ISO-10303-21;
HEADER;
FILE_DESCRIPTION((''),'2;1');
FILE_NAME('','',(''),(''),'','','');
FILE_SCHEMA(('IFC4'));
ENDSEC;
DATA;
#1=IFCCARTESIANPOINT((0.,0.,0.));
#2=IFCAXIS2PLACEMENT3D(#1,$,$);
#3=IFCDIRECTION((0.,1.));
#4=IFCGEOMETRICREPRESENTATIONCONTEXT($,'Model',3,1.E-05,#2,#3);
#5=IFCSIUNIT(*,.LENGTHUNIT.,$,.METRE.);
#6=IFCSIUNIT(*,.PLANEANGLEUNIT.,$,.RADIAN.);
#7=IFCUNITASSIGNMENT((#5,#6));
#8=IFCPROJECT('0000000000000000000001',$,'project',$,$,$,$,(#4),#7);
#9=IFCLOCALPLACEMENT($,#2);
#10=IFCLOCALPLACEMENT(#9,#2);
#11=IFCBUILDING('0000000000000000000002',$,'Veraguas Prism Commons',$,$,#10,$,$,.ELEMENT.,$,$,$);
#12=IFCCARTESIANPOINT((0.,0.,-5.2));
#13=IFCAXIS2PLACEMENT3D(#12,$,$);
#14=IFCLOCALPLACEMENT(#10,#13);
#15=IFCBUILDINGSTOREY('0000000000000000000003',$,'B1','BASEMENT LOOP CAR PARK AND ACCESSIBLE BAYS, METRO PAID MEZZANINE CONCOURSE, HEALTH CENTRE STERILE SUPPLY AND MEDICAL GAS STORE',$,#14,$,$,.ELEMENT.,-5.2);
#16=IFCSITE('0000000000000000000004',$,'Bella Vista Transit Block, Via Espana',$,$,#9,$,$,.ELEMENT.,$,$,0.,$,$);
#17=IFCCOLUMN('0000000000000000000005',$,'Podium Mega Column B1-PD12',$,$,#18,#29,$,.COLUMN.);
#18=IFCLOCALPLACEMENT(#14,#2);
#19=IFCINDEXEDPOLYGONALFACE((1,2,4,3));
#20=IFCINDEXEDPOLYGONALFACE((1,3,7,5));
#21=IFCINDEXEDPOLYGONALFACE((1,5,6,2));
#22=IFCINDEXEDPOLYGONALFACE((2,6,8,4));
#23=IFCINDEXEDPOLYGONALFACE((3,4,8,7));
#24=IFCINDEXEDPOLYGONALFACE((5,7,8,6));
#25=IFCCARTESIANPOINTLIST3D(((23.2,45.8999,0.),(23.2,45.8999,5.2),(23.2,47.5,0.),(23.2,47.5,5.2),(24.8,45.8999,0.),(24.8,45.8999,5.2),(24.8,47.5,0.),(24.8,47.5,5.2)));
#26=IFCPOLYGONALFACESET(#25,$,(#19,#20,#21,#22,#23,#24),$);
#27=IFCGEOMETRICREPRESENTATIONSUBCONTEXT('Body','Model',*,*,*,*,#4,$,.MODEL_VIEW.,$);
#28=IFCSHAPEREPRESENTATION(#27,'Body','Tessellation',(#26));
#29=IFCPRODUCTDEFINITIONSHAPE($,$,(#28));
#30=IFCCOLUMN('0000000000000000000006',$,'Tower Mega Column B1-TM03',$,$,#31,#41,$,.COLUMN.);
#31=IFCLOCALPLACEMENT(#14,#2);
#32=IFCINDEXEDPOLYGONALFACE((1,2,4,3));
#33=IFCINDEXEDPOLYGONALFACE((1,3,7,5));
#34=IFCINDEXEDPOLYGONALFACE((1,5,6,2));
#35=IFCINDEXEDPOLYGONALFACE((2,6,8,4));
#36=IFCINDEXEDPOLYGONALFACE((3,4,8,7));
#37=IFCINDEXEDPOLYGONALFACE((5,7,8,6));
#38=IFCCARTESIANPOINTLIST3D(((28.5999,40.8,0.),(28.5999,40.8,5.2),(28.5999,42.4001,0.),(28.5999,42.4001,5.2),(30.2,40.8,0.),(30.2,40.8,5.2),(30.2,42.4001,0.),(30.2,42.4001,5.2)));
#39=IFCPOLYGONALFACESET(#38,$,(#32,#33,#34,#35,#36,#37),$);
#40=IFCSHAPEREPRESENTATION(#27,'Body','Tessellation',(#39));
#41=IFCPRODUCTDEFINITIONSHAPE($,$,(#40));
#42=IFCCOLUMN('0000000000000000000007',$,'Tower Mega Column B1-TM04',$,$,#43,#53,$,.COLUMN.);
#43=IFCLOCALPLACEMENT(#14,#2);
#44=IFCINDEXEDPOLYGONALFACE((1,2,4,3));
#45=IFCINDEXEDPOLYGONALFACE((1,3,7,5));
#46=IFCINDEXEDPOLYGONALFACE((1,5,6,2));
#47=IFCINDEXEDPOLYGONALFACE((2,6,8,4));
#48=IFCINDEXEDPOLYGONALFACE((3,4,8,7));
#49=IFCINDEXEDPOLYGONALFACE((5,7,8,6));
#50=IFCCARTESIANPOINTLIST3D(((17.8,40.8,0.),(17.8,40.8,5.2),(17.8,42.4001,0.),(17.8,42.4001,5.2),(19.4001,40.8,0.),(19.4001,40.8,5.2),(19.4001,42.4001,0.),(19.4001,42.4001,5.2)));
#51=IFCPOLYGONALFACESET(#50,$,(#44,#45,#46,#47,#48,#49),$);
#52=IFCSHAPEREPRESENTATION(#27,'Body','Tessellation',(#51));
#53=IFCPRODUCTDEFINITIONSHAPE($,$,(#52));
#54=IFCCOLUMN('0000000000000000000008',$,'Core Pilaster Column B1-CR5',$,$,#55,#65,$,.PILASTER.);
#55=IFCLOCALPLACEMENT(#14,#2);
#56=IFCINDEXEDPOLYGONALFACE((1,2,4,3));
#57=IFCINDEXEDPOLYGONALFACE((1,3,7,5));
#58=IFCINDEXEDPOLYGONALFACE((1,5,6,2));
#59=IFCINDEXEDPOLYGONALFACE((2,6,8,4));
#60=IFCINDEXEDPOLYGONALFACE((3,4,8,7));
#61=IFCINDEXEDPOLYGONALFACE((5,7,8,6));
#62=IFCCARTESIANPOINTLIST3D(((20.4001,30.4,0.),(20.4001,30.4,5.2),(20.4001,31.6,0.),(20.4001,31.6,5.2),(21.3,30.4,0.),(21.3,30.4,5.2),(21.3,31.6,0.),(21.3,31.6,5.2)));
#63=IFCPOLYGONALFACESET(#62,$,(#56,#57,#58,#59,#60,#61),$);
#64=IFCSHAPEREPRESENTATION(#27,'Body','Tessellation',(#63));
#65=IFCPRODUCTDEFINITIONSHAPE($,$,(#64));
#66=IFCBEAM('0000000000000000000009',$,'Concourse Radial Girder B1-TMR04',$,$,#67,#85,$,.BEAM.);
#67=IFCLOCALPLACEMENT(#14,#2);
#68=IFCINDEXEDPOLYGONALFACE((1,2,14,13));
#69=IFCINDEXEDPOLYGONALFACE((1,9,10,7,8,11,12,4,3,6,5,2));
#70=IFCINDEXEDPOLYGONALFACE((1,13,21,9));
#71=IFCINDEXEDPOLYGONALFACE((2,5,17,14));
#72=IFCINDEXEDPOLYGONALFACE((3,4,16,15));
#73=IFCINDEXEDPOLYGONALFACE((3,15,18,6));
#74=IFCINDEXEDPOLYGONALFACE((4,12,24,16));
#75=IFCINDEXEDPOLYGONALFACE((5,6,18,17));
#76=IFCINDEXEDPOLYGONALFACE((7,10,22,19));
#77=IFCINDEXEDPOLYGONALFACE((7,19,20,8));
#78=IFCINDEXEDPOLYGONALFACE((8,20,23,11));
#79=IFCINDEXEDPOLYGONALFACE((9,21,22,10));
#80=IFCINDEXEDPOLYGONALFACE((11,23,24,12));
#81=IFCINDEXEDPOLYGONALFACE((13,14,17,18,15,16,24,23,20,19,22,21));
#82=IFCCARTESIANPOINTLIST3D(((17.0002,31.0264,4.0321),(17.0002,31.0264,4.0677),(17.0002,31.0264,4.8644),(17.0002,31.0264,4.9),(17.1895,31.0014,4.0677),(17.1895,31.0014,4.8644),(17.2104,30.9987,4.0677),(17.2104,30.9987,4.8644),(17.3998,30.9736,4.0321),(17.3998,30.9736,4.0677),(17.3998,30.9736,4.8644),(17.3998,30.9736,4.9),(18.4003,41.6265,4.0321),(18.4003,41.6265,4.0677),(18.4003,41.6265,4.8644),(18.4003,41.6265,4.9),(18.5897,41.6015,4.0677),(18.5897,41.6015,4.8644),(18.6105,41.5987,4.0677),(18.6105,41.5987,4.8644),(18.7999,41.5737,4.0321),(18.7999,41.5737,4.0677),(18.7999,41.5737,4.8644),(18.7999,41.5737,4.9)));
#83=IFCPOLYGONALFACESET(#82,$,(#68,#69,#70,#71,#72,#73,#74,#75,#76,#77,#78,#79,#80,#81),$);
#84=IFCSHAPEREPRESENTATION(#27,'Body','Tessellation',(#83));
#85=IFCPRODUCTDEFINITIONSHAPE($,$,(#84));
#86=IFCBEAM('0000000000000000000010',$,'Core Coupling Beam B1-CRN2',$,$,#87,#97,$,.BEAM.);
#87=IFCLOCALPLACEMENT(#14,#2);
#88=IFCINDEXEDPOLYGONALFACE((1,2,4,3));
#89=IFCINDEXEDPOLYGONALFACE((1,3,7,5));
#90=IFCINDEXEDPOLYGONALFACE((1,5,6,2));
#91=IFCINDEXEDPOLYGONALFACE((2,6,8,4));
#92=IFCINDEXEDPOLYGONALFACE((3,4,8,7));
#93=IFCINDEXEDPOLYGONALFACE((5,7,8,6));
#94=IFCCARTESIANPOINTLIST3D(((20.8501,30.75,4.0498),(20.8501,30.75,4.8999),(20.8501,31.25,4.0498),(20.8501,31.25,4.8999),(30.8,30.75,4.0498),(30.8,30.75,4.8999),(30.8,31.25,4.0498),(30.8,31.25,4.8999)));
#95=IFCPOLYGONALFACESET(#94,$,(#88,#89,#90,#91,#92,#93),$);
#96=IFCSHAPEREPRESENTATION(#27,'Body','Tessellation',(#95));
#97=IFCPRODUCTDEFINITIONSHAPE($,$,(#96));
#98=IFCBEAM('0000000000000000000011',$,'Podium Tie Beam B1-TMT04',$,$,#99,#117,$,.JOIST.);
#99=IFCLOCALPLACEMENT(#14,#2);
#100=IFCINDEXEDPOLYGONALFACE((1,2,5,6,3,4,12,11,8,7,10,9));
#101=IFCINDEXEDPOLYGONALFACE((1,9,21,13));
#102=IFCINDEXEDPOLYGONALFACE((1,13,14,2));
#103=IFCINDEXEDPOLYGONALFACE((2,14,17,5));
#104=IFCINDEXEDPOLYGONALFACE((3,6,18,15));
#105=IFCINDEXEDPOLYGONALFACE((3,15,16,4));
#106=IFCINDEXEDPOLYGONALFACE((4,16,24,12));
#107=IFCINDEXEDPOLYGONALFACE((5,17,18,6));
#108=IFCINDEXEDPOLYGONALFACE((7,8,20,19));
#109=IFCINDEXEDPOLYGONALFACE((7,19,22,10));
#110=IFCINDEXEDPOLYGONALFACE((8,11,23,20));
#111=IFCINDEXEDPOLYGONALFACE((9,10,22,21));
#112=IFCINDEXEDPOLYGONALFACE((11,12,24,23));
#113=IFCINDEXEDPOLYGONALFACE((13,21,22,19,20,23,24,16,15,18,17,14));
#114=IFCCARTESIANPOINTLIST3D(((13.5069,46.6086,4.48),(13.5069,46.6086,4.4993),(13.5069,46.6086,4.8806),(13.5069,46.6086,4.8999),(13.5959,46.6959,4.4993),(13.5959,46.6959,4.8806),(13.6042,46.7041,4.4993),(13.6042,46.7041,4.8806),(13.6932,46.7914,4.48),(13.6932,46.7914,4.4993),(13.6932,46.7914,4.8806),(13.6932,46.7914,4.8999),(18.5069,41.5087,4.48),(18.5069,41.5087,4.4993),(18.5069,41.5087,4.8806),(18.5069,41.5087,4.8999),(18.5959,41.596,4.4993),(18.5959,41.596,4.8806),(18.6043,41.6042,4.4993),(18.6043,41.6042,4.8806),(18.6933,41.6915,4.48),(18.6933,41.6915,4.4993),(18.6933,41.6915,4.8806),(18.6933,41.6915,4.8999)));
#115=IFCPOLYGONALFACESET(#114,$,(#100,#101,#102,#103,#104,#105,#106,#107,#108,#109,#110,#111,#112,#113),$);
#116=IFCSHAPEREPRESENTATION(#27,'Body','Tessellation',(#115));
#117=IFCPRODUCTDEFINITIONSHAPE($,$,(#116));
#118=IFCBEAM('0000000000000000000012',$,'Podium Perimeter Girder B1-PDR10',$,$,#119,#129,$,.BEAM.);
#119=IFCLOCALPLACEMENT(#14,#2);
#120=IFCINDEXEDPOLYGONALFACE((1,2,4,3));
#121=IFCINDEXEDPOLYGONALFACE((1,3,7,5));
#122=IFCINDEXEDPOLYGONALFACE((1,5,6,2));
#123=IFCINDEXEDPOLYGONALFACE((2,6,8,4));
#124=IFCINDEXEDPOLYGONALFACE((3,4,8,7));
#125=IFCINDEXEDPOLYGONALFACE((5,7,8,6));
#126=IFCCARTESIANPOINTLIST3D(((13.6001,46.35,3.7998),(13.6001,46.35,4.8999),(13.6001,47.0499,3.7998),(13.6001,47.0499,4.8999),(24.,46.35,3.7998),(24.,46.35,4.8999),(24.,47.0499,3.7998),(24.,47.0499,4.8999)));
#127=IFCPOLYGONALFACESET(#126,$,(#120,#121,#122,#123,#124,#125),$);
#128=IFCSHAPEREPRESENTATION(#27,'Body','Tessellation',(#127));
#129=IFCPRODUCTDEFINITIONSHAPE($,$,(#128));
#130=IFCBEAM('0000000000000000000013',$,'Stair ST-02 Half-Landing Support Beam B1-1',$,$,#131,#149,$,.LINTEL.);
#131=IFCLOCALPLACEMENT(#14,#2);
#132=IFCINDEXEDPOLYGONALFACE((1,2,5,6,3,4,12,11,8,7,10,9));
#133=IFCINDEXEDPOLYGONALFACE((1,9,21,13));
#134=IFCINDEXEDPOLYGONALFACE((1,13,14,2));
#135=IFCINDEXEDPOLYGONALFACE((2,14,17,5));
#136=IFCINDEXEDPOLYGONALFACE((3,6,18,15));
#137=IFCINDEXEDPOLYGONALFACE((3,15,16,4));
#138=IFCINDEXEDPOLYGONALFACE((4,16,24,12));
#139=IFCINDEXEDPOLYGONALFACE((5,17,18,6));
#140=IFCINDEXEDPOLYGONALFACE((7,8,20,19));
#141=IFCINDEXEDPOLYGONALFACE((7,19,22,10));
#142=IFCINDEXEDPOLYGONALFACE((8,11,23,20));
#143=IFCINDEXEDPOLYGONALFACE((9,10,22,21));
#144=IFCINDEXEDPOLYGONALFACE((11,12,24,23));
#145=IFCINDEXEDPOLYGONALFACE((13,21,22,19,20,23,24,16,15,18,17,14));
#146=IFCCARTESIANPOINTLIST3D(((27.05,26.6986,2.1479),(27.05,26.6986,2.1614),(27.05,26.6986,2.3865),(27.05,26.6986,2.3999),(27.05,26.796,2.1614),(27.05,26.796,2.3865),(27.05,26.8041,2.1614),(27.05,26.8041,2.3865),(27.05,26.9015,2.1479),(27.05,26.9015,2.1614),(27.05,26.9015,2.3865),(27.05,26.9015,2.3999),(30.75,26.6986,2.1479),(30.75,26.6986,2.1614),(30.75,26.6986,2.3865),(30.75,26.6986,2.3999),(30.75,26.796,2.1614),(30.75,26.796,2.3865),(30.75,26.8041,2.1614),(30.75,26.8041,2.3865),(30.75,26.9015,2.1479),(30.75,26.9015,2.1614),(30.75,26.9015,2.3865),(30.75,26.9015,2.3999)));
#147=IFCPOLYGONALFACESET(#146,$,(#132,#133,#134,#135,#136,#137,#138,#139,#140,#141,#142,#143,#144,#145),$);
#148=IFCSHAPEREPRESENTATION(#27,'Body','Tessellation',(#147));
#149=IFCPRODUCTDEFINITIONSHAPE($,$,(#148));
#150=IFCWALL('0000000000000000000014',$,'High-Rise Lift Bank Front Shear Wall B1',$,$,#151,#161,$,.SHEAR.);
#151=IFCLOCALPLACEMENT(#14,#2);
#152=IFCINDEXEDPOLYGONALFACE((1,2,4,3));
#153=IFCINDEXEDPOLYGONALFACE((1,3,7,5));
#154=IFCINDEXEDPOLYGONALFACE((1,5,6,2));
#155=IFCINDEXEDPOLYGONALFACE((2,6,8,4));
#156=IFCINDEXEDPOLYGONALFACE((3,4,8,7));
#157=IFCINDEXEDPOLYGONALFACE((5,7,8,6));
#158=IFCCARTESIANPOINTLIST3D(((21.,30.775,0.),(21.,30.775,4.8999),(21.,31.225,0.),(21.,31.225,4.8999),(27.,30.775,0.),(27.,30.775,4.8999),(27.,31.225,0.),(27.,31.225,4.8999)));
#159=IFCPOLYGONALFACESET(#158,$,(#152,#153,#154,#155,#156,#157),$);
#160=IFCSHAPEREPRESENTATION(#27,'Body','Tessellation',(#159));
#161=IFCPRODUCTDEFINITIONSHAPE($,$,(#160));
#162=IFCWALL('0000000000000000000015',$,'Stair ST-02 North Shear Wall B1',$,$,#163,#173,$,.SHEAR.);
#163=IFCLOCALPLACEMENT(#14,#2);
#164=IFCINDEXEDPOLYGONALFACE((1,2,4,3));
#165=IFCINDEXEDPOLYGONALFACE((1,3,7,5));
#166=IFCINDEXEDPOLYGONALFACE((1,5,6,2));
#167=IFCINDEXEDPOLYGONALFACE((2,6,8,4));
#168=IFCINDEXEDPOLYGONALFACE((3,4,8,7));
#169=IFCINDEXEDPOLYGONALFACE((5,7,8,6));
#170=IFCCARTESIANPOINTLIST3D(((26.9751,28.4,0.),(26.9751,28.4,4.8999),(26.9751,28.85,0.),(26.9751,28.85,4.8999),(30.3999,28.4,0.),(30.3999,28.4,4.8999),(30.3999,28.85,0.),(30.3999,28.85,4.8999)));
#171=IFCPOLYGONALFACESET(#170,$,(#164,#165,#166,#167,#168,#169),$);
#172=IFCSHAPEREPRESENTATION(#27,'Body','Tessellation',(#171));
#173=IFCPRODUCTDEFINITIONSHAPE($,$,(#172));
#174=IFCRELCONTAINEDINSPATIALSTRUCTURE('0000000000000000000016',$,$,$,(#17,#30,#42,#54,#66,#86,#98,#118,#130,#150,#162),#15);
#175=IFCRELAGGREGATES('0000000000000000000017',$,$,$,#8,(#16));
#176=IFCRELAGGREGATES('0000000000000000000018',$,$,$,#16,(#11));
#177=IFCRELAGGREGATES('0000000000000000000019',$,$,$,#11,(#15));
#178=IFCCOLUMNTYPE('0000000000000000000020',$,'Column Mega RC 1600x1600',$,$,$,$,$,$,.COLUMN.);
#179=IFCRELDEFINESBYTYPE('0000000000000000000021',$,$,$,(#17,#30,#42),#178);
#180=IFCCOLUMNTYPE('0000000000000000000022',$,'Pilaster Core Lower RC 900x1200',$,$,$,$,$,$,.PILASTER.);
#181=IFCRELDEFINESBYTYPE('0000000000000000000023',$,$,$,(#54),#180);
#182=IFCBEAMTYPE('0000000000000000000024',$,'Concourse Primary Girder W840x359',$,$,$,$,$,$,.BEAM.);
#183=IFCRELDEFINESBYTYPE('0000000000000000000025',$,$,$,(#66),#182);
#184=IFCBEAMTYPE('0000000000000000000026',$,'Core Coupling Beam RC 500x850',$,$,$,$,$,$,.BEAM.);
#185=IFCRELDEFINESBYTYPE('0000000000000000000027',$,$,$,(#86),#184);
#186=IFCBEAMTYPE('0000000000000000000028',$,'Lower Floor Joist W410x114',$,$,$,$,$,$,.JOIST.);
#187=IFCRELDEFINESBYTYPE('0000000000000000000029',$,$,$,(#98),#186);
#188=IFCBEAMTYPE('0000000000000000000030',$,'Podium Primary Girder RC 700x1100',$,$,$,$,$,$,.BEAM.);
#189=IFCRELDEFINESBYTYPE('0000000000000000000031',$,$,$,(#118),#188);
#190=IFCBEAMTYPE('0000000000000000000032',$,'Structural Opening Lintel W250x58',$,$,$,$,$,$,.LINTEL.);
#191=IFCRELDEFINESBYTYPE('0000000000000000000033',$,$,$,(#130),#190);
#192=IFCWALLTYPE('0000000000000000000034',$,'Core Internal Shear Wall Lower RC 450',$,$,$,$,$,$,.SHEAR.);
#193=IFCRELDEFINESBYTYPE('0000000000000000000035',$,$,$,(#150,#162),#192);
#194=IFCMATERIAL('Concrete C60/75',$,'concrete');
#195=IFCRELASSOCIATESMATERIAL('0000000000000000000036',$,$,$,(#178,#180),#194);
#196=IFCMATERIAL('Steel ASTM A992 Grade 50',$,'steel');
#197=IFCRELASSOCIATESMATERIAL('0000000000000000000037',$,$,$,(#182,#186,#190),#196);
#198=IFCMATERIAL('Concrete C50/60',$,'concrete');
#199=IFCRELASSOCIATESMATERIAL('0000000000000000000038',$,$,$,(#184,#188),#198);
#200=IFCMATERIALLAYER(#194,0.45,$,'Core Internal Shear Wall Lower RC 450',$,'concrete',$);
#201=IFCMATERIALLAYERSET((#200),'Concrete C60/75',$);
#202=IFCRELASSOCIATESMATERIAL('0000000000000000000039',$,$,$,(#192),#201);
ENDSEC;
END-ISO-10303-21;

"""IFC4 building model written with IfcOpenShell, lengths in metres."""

from ifc_helpers import new_model, si_unit, direction, frame, frame_2d, origin, origin_2d, place, context, subcontext, project, spatial, rectangle, i_section, extrude, material, layer, layer_set, material_profile, profile_set, type_object, element, save


model = new_model("IFC4")

# Units and contexts
model_context = context("Model", 3, precision=1e-05, world=origin(), true_north=direction((0.0, 1.0)))
body_context = subcontext(model_context, "Body", "Model", "MODEL_VIEW")
ifc_project = project(units=[si_unit("LENGTHUNIT", "METRE"), si_unit("PLANEANGLEUNIT", "RADIAN")], contexts=[model_context])

# Site, building, storey
site_placement = place(None, origin())
site = spatial("IfcSite", under=ifc_project, at=site_placement, Name="Bella Vista Transit Block, Via Espana", CompositionType="ELEMENT", RefElevation=0.0)
building_placement = place(site_placement, origin())
building = spatial("IfcBuilding", under=site, at=building_placement, Name="Veraguas Prism Commons", CompositionType="ELEMENT")
storey_placement = place(building_placement, frame((0.0, 0.0, -5.2)))
storey = spatial("IfcBuildingStorey", under=building, at=storey_placement, Name="B1", Description="BASEMENT LOOP CAR PARK AND ACCESSIBLE BAYS, METRO PAID MEZZANINE CONCOURSE, HEALTH CENTRE STERILE SUPPLY AND MEDICAL GAS STORE", CompositionType="ELEMENT", Elevation=-5.2)

# Columns
ifc_material_1 = material(Name="Concrete C60/75", Category="concrete")
ifc_material_profile_1 = material_profile(ifc_material_1, rectangle(XDim=1.6001, YDim=1.6001, at=origin_2d()), Name="RC1600X1600")
ifc_profile_set_1 = profile_set([ifc_material_profile_1], Name="Concrete C60/75")
column_type_1 = type_object("IfcColumnType", Name="Column Mega RC 1600x1600", PredefinedType="COLUMN", material=ifc_profile_set_1)
for number, where, z_axis, x_axis, name in (
    (1, (24.0, 46.7, 0.0), (0.0, 0.0, 1.0), (1.0, 0.0, 0.0), "Podium Mega Column B1-PD12"),
    (2, (29.3999, 41.6001, 0.0), (0.0, 0.0, 1.0), (1.0, 0.0, 0.0), "Tower Mega Column B1-TM03"),
    (3, (18.6001, 41.6001, 0.0), (0.0, 0.0, 1.0), (1.0, 0.0, 0.0), "Tower Mega Column B1-TM04"),
):
    element("IfcColumn", number, at=place(storey_placement, frame(where, z_axis=z_axis, x_axis=x_axis)), inside=storey, type_object=column_type_1, Name=name, PredefinedType="COLUMN", context=body_context, shape_type="SweptSolid", body=[
        extrude(rectangle(XDim=1.6001, YDim=1.6001, at=origin_2d()), origin(), (0.0, 0.0, 1.0), 5.2),
    ])
ifc_material_profile_2 = material_profile(ifc_material_1, rectangle(XDim=0.8999, YDim=1.2, at=origin_2d()), Name="RC900X1200")
ifc_profile_set_2 = profile_set([ifc_material_profile_2], Name="Concrete C60/75")
column_type_2 = type_object("IfcColumnType", Name="Pilaster Core Lower RC 900x1200", PredefinedType="PILASTER", material=ifc_profile_set_2)
column_placement = place(storey_placement, frame((20.8501, 31.0, 0.0), z_axis=(0.0, 0.0, 1.0), x_axis=(1.0, 0.0, 0.0)))
element("IfcColumn", 4, at=column_placement, inside=storey, type_object=column_type_2, Name="Core Pilaster Column B1-CR5", PredefinedType="PILASTER", context=body_context, shape_type="SweptSolid", body=[
    extrude(rectangle(XDim=0.8999, YDim=1.2, at=origin_2d()), origin(), (0.0, 0.0, 1.0), 5.2),
])

# Beams
ifc_material_2 = material(Name="Steel ASTM A992 Grade 50", Category="steel")
ifc_material_profile_3 = material_profile(ifc_material_2, i_section(OverallWidth=0.4031, OverallDepth=0.8679, WebThickness=0.021, FlangeThickness=0.0356, at=origin_2d()), Name="W840X359")
ifc_profile_set_3 = profile_set([ifc_material_profile_3], Name="Steel ASTM A992 Grade 50")
beam_type_1 = type_object("IfcBeamType", Name="Concourse Primary Girder W840x359", PredefinedType="BEAM", material=ifc_profile_set_3)
beam_1_placement = place(storey_placement, frame((18.6001, 41.6001, 4.4661), z_axis=(-0.130951, -0.991389, 0.0), x_axis=(0.991389, -0.130951, 0.0)))
element("IfcBeam", 5, at=beam_1_placement, inside=storey, type_object=beam_type_1, Name="Concourse Radial Girder B1-TMR04", PredefinedType="BEAM", context=body_context, shape_type="SweptSolid", body=[
    extrude(i_section(OverallWidth=0.4031, OverallDepth=0.8679, WebThickness=0.021, FlangeThickness=0.0356, at=origin_2d()), origin(), (0.0, 0.0, 1.0), 10.6921),
])
ifc_material_3 = material(Name="Concrete C50/60", Category="concrete")
ifc_material_profile_4 = material_profile(ifc_material_3, rectangle(XDim=0.5, YDim=0.8501, at=origin_2d()), Name="RC500X850")
ifc_profile_set_4 = profile_set([ifc_material_profile_4], Name="Concrete C50/60")
beam_type_2 = type_object("IfcBeamType", Name="Core Coupling Beam RC 500x850", PredefinedType="BEAM", material=ifc_profile_set_4)
beam_2_placement = place(storey_placement, frame((20.8501, 31.0, 4.4749), z_axis=(1.0, 0.0, 0.0), x_axis=(0.0, 1.0, 0.0)))
element("IfcBeam", 6, at=beam_2_placement, inside=storey, type_object=beam_type_2, Name="Core Coupling Beam B1-CRN2", PredefinedType="BEAM", context=body_context, shape_type="SweptSolid", body=[
    extrude(rectangle(XDim=0.5, YDim=0.8501, at=origin_2d()), origin(), (0.0, 0.0, 1.0), 9.95),
])
ifc_material_profile_5 = material_profile(ifc_material_2, i_section(OverallWidth=0.261, OverallDepth=0.4199, WebThickness=0.0117, FlangeThickness=0.0193, at=origin_2d()), Name="W410X114")
ifc_profile_set_5 = profile_set([ifc_material_profile_5], Name="Steel ASTM A992 Grade 50")
beam_type_3 = type_object("IfcBeamType", Name="Lower Floor Joist W410x114", PredefinedType="JOIST", material=ifc_profile_set_5)
beam_3_placement = place(storey_placement, frame((18.6001, 41.6001, 4.6899), z_axis=(-0.700082, 0.714063, 0.0), x_axis=(-0.714063, -0.700082, 0.0)))
element("IfcBeam", 7, at=beam_3_placement, inside=storey, type_object=beam_type_3, Name="Podium Tie Beam B1-TMT04", PredefinedType="JOIST", context=body_context, shape_type="SweptSolid", body=[
    extrude(i_section(OverallWidth=0.261, OverallDepth=0.4199, WebThickness=0.0117, FlangeThickness=0.0193, at=origin_2d()), origin(), (0.0, 0.0, 1.0), 7.1421),
])
ifc_material_profile_6 = material_profile(ifc_material_3, rectangle(XDim=0.7, YDim=1.1001, at=origin_2d()), Name="RC700X1100")
ifc_profile_set_6 = profile_set([ifc_material_profile_6], Name="Concrete C50/60")
beam_type_4 = type_object("IfcBeamType", Name="Podium Primary Girder RC 700x1100", PredefinedType="BEAM", material=ifc_profile_set_6)
beam_4_placement = place(storey_placement, frame((24.0, 46.7, 4.3499), z_axis=(-1.0, 0.0, 0.0), x_axis=(0.0, -1.0, 0.0)))
element("IfcBeam", 8, at=beam_4_placement, inside=storey, type_object=beam_type_4, Name="Podium Perimeter Girder B1-PDR10", PredefinedType="BEAM", context=body_context, shape_type="SweptSolid", body=[
    extrude(rectangle(XDim=0.7, YDim=1.1001, at=origin_2d()), origin(), (0.0, 0.0, 1.0), 10.3999),
])
ifc_material_profile_7 = material_profile(ifc_material_2, i_section(OverallWidth=0.2029, OverallDepth=0.252, WebThickness=0.0081, FlangeThickness=0.0134, at=origin_2d()), Name="W250X58")
ifc_profile_set_7 = profile_set([ifc_material_profile_7], Name="Steel ASTM A992 Grade 50")
beam_type_5 = type_object("IfcBeamType", Name="Structural Opening Lintel W250x58", PredefinedType="LINTEL", material=ifc_profile_set_7)
beam_5_placement = place(storey_placement, frame((27.05, 26.8, 2.2739), z_axis=(1.0, 0.0, 0.0), x_axis=(0.0, 1.0, 0.0)))
element("IfcBeam", 9, at=beam_5_placement, inside=storey, type_object=beam_type_5, Name="Stair ST-02 Half-Landing Support Beam B1-1", PredefinedType="LINTEL", context=body_context, shape_type="SweptSolid", body=[
    extrude(i_section(OverallWidth=0.2029, OverallDepth=0.252, WebThickness=0.0081, FlangeThickness=0.0134, at=origin_2d()), origin(), (0.0, 0.0, 1.0), 3.7),
])

# Walls
ifc_layer_1 = layer(ifc_material_1, 0.45, Name="Core Internal Shear Wall Lower RC 450", Category="concrete")
ifc_layer_set_1 = layer_set([ifc_layer_1], Name="Concrete C60/75")
wall_type_1 = type_object("IfcWallType", Name="Core Internal Shear Wall Lower RC 450", PredefinedType="SHEAR", material=ifc_layer_set_1)
wall_1_placement = place(storey_placement, frame((21.0, 31.0, 0.0), z_axis=(0.0, 0.0, 1.0), x_axis=(1.0, 0.0, 0.0)))
element("IfcWall", 10, at=wall_1_placement, inside=storey, type_object=wall_type_1, Name="High-Rise Lift Bank Front Shear Wall B1", PredefinedType="SHEAR", context=body_context, shape_type="SweptSolid", body=[
    extrude(rectangle(XDim=6.0, YDim=0.45, at=frame_2d((3.0, 0.0))), origin(), (0.0, 0.0, 1.0), 4.8999),
])
wall_2_placement = place(storey_placement, frame((26.9751, 28.625, 0.0), z_axis=(0.0, 0.0, 1.0), x_axis=(1.0, 0.0, 0.0)))
element("IfcWall", 11, at=wall_2_placement, inside=storey, type_object=wall_type_1, Name="Stair ST-02 North Shear Wall B1", PredefinedType="SHEAR", context=body_context, shape_type="SweptSolid", body=[
    extrude(rectangle(XDim=3.4248, YDim=0.45, at=frame_2d((1.7124, 0.0))), origin(), (0.0, 0.0, 1.0), 4.8999),
])

save(model, "model.ifc")
